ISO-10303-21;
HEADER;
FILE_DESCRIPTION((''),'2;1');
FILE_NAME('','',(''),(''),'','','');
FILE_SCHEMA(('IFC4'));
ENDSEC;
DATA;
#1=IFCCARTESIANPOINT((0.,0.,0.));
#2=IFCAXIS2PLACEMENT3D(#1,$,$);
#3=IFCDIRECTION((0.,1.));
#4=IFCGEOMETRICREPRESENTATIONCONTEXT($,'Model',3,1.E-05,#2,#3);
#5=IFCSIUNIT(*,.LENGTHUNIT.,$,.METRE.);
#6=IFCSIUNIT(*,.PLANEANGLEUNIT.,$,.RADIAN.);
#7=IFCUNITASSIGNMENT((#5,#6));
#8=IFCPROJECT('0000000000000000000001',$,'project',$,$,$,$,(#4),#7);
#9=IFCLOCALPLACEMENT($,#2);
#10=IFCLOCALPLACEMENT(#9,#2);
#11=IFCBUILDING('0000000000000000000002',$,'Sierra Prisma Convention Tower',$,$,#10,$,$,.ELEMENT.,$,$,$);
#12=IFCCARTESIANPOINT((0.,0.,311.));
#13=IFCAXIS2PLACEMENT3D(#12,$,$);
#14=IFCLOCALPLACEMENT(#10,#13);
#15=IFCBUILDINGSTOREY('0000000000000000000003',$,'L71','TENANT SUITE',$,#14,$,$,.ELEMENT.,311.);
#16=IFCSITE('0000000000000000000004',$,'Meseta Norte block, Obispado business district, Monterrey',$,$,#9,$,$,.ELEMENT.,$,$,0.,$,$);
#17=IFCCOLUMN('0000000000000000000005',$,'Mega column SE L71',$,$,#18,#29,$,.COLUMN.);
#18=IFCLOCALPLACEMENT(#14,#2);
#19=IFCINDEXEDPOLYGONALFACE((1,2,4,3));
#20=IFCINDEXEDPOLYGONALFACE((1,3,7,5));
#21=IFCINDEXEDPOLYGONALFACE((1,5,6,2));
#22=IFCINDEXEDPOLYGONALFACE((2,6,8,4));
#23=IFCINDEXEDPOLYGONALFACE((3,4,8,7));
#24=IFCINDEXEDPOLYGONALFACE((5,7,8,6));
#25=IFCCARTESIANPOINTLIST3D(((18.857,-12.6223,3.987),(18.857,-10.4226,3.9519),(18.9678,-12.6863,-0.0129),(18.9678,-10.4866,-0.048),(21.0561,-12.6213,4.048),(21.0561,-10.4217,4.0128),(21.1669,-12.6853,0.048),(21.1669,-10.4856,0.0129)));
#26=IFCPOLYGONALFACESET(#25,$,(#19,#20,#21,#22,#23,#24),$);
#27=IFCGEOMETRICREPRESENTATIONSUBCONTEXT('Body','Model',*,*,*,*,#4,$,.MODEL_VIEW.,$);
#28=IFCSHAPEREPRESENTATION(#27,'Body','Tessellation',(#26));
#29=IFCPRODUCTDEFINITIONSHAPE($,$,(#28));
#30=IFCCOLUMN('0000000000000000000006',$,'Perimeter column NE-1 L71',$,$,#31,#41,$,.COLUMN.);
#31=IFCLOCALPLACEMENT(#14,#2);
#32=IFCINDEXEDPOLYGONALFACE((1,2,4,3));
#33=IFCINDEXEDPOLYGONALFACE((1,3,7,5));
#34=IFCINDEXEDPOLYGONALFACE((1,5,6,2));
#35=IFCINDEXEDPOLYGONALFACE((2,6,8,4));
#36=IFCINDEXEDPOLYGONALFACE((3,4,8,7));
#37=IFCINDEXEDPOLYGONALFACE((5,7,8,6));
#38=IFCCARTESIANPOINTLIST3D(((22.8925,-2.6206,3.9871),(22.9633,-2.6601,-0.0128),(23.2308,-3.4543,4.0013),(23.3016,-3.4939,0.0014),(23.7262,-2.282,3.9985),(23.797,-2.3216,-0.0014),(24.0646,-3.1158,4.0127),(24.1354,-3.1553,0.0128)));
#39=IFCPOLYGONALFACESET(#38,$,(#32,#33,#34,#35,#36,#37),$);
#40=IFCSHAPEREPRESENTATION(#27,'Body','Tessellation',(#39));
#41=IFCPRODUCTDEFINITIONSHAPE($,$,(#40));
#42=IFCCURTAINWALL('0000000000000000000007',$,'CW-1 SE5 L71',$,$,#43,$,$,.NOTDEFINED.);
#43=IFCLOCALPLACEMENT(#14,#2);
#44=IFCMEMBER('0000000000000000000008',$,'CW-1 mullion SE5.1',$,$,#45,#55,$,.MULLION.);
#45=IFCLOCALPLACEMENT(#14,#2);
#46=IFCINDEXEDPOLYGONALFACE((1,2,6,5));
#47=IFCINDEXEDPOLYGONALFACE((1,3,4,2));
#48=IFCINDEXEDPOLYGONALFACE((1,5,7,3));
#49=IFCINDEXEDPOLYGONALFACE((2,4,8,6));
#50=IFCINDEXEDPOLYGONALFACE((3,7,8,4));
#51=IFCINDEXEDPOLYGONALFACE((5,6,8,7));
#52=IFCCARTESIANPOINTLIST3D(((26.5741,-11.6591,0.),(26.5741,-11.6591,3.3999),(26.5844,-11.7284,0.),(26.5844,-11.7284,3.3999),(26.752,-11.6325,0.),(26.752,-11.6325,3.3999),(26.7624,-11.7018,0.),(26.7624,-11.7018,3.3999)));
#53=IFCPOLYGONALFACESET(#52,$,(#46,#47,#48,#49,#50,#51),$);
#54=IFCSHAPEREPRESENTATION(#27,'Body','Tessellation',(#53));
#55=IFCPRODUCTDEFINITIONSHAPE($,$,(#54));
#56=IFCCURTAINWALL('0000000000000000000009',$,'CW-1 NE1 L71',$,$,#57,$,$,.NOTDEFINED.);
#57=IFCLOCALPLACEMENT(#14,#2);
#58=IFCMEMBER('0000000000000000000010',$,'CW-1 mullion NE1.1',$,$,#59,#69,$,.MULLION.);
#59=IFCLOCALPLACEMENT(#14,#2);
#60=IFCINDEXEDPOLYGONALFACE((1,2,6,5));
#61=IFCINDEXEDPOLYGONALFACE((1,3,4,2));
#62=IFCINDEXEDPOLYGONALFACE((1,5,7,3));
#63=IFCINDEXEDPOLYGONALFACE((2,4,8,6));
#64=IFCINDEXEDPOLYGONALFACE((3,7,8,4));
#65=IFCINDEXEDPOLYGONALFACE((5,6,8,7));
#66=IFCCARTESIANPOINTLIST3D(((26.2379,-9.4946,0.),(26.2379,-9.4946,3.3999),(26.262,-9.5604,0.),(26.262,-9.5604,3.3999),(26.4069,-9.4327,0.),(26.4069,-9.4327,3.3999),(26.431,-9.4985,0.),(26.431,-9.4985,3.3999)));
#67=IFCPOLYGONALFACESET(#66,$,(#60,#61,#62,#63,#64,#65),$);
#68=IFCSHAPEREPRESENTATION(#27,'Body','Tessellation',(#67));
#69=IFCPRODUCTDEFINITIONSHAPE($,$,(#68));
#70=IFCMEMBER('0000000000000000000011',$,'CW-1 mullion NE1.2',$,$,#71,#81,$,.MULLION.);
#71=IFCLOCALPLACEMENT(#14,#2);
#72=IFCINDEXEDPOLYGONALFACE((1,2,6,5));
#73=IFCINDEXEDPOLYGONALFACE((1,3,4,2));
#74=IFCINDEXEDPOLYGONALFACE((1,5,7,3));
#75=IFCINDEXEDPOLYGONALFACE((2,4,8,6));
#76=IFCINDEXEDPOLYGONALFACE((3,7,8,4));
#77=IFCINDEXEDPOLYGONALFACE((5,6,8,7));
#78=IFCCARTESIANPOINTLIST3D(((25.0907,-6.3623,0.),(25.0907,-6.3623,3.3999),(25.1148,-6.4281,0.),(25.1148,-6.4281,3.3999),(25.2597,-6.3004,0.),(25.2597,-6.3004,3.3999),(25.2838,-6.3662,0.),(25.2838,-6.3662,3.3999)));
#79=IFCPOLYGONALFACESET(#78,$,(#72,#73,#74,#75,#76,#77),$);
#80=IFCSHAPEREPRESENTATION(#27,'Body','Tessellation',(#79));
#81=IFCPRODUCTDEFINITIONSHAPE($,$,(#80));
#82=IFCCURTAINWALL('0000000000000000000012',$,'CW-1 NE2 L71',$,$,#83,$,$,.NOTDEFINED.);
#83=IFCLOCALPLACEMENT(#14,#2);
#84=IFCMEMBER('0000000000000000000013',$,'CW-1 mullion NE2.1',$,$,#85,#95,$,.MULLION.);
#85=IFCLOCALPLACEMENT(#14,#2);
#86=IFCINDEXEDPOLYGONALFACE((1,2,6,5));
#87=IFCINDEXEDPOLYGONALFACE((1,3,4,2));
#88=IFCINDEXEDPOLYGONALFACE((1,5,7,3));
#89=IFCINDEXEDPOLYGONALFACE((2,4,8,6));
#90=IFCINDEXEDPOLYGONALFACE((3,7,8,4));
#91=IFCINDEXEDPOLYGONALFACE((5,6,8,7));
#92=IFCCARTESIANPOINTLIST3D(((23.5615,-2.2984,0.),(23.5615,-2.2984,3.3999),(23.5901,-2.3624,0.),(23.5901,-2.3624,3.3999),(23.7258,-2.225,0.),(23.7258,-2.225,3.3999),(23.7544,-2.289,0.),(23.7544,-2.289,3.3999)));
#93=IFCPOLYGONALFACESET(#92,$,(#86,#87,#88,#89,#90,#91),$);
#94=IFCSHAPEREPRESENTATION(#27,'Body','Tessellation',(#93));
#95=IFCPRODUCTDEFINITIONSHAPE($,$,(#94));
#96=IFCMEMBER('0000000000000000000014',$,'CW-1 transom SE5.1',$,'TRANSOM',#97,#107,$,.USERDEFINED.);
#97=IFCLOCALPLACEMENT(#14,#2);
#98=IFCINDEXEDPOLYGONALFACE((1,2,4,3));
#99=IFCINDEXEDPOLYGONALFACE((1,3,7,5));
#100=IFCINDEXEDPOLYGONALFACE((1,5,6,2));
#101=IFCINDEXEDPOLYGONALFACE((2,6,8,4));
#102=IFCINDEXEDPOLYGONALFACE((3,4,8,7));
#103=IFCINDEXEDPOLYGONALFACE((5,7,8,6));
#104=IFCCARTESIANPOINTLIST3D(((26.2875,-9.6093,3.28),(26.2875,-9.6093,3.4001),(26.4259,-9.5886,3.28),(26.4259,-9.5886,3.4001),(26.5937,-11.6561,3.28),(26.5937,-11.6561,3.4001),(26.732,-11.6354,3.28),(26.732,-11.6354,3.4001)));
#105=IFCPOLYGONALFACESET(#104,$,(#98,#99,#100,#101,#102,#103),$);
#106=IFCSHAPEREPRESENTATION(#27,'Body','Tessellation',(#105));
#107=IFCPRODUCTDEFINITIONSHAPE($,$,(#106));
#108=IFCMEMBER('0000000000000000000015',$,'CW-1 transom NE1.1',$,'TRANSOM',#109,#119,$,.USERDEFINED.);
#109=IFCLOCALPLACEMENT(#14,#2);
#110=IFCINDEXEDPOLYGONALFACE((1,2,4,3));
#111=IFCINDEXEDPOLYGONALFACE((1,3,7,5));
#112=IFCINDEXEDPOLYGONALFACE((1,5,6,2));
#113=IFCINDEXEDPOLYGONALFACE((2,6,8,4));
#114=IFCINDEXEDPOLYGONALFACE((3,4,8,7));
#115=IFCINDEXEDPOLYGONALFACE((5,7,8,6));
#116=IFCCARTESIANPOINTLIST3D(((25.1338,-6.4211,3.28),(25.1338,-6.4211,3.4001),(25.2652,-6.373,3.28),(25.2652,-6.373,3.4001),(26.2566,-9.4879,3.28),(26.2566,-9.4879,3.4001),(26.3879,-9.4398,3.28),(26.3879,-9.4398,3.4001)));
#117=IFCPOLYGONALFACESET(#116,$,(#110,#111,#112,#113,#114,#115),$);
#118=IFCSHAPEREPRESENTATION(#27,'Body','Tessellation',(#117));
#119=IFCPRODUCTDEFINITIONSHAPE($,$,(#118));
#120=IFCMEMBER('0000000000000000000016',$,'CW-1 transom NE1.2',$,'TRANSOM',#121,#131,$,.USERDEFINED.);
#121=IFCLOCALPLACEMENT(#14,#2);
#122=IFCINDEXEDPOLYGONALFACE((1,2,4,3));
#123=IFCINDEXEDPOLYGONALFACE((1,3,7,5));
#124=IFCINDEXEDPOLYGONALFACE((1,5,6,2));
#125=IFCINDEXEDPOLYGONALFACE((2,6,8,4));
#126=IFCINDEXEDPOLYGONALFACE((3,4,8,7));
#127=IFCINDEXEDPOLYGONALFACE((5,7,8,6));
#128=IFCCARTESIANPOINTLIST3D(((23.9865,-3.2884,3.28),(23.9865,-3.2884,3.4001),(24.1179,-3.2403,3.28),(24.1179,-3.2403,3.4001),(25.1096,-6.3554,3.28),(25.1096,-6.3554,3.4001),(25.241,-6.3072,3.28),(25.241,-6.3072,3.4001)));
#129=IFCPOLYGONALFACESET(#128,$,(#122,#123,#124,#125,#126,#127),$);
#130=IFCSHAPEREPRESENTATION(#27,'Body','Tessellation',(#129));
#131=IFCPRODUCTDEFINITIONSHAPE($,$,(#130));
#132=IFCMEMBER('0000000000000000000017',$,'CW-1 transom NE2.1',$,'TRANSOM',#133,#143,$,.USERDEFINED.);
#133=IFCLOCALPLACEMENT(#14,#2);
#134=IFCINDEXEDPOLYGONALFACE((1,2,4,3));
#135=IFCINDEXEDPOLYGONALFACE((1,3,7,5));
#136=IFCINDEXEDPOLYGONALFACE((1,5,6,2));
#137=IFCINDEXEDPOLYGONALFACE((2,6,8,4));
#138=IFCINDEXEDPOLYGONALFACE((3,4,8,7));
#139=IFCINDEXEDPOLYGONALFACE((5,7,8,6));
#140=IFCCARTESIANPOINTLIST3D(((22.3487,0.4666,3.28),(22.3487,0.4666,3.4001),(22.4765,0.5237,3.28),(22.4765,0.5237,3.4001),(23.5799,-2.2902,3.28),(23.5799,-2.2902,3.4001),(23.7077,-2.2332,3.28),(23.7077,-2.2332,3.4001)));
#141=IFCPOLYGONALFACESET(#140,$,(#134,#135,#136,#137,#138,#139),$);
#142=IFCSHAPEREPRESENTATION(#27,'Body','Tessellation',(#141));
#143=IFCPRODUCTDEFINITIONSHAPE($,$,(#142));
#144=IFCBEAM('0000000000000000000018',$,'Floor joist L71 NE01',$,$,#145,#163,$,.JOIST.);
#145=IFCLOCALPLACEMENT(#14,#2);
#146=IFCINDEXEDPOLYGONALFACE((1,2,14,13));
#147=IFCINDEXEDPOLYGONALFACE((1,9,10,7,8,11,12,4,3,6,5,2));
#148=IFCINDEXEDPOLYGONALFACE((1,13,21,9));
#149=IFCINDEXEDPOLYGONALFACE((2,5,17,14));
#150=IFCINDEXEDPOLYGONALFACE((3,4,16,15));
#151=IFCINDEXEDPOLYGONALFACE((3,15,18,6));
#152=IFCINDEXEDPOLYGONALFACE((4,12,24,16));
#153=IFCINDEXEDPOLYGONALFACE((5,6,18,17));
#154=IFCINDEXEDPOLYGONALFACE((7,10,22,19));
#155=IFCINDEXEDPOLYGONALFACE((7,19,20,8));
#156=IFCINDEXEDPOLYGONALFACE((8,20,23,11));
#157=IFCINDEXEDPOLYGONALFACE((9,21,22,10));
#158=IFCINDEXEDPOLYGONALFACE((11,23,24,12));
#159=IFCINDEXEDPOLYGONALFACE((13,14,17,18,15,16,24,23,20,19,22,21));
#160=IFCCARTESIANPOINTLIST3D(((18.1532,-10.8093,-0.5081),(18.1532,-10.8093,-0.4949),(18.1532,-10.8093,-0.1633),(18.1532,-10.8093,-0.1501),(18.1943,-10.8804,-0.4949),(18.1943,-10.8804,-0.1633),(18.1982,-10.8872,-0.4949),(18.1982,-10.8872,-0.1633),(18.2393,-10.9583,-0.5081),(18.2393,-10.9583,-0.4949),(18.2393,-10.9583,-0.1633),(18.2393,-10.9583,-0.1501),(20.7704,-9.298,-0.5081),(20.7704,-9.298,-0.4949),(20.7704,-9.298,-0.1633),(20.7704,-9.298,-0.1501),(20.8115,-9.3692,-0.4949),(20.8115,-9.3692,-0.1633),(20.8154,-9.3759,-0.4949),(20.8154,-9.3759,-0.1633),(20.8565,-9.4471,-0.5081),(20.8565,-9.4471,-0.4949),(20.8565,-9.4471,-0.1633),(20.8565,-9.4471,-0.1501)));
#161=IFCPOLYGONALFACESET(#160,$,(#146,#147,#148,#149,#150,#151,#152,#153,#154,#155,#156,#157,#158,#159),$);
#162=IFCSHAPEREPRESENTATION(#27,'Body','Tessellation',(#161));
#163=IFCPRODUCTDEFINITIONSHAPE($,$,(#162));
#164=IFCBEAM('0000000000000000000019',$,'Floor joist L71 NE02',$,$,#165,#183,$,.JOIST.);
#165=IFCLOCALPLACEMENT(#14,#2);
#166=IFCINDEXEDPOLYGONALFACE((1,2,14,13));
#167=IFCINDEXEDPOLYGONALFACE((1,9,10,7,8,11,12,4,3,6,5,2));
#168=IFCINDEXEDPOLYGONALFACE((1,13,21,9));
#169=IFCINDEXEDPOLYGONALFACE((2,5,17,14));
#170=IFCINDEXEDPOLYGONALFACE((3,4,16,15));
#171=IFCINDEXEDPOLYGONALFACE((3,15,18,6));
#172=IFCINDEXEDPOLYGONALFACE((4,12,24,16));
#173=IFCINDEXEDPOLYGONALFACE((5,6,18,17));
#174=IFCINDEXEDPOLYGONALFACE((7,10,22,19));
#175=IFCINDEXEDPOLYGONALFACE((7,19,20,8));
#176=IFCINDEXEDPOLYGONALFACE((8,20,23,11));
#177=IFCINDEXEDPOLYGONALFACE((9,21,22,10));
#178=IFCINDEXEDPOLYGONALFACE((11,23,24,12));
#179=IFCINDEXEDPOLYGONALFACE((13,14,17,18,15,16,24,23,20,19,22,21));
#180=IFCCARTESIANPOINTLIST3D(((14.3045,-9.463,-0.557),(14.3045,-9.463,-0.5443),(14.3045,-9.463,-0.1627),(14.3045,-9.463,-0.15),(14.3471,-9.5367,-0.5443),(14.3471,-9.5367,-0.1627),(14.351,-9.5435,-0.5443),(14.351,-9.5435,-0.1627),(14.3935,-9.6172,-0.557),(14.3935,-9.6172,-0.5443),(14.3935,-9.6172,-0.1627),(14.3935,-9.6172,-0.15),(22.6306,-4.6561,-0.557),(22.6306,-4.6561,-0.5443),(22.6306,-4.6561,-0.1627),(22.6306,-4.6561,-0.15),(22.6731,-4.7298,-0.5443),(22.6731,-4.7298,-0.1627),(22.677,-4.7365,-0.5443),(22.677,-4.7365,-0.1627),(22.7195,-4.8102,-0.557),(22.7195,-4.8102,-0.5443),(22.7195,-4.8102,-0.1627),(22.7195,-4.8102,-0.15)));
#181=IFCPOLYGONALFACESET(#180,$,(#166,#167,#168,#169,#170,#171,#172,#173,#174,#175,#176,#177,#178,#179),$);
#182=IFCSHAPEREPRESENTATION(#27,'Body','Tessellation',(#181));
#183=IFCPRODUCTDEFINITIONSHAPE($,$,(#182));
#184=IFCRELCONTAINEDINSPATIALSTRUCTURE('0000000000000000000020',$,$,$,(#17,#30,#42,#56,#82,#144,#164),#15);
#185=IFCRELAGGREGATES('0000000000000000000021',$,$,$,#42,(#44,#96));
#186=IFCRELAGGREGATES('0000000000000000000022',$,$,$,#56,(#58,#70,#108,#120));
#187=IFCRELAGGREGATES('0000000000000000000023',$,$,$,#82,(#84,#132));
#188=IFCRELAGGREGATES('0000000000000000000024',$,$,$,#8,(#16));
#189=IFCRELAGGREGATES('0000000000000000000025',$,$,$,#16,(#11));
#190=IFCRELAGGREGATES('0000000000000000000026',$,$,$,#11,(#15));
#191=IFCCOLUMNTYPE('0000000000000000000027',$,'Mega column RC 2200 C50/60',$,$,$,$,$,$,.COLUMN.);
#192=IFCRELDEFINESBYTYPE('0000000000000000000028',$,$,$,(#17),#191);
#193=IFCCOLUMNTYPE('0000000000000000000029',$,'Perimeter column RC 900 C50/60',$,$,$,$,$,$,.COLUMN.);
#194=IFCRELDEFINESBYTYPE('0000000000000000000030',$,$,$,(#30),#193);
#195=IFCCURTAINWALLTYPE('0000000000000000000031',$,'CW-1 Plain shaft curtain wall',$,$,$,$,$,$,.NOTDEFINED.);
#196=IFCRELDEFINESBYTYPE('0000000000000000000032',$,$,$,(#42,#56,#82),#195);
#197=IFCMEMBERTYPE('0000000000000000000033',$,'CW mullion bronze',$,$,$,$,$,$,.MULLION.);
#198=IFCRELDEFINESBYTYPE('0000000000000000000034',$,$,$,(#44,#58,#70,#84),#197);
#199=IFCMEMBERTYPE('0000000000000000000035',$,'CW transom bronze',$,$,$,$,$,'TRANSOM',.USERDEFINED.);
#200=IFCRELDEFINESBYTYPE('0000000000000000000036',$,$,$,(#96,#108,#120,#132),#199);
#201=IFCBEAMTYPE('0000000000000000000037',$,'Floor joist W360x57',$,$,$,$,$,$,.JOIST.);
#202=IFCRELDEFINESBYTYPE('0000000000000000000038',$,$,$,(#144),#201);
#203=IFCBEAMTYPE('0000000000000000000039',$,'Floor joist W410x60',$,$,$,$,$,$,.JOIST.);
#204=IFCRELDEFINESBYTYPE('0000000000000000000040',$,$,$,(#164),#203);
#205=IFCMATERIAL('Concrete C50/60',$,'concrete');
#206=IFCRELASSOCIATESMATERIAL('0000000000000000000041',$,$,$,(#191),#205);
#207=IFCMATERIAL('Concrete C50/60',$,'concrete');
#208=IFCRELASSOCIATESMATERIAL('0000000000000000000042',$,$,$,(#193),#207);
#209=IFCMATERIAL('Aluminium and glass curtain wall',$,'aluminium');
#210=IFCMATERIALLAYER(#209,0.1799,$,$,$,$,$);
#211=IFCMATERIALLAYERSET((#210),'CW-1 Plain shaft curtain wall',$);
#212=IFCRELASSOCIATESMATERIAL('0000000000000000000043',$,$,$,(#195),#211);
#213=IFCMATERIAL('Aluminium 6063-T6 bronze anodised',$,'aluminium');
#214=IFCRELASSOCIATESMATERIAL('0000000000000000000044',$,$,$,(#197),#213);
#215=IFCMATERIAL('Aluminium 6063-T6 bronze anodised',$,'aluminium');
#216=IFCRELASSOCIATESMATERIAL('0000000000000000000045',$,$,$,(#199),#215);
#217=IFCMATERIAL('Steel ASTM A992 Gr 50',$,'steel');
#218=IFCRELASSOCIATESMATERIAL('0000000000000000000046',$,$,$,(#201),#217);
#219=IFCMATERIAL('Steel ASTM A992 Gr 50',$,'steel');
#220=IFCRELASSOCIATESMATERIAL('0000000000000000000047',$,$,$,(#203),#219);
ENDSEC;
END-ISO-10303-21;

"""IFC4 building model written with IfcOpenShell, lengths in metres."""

from ifc_helpers import new_model, si_unit, direction, frame, origin, origin_2d, place, context, subcontext, project, spatial, rectangle, i_section, extrude, material, layer, layer_set, material_profile, profile_set, type_object, element, aggregate, save


model = new_model("IFC4")

# Units and contexts
model_context = context("Model", 3, precision=1e-05, world=origin(), true_north=direction((0.0, 1.0)))
body_context = subcontext(model_context, "Body", "Model", "MODEL_VIEW")
ifc_project = project(units=[si_unit("LENGTHUNIT", "METRE"), si_unit("PLANEANGLEUNIT", "RADIAN")], contexts=[model_context])

# Site, building, storey
site_placement = place(None, origin())
site = spatial("IfcSite", under=ifc_project, at=site_placement, Name="Meseta Norte block, Obispado business district, Monterrey", CompositionType="ELEMENT", RefElevation=0.0)
building_placement = place(site_placement, origin())
building = spatial("IfcBuilding", under=site, at=building_placement, Name="Sierra Prisma Convention Tower", CompositionType="ELEMENT")
storey_placement = place(building_placement, frame((0.0, 0.0, 311.0)))
storey = spatial("IfcBuildingStorey", under=building, at=storey_placement, Name="L71", Description="TENANT SUITE", CompositionType="ELEMENT", Elevation=311.0)

# Columns
ifc_material_1 = material(Name="Concrete C50/60", Category="concrete")
ifc_material_profile_1 = material_profile(ifc_material_1, rectangle(XDim=2.2, YDim=2.2, at=origin_2d()), Name="Mega column RC 2200 C50/60")
ifc_profile_set_1 = profile_set([ifc_material_profile_1], Name="Concrete C50/60")
column_type_1 = type_object("IfcColumnType", Name="Mega column RC 2200 C50/60", PredefinedType="COLUMN", material=ifc_profile_set_1)
column_1_placement = place(storey_placement, frame((20.0674, -11.5859, 0.0), z_axis=(-0.027696, 0.015983, 0.999489), x_axis=(0.999616, 0.000443, 0.027692)))
element("IfcColumn", 1, at=column_1_placement, inside=storey, type_object=column_type_1, Name="Mega column SE L71", PredefinedType="COLUMN", context=body_context, shape_type="SweptSolid", body=[
    extrude(rectangle(XDim=2.2, YDim=2.2, at=origin_2d()), origin(), (0.0, 0.0, 1.0), 4.002),
])
ifc_material_2 = material(Name="Concrete C50/60", Category="concrete")
ifc_material_profile_2 = material_profile(ifc_material_2, rectangle(XDim=0.8999, YDim=0.8999, at=origin_2d()), Name="Perimeter column RC 900 C50/60")
ifc_profile_set_2 = profile_set([ifc_material_profile_2], Name="Concrete C50/60")
column_type_2 = type_object("IfcColumnType", Name="Perimeter column RC 900 C50/60", PredefinedType="COLUMN", material=ifc_profile_set_2)
column_2_placement = place(storey_placement, frame((23.5493, -2.9077, 0.0), z_axis=(-0.017697, 0.009886, 0.999795), x_axis=(-0.375989, 0.926489, -0.015816)))
element("IfcColumn", 2, at=column_2_placement, inside=storey, type_object=column_type_2, Name="Perimeter column NE-1 L71", PredefinedType="COLUMN", context=body_context, shape_type="SweptSolid", body=[
    extrude(rectangle(XDim=0.8999, YDim=0.8999, at=origin_2d()), origin(), (0.0, 0.0, 1.0), 4.0007),
])

# Curtain wall, member
ifc_material_3 = material(Name="Aluminium and glass curtain wall", Category="aluminium")
ifc_layer_1 = layer(ifc_material_3, 0.1799)
ifc_layer_set_1 = layer_set([ifc_layer_1], Name="CW-1 Plain shaft curtain wall")
curtain_wall_type = type_object("IfcCurtainWallType", Name="CW-1 Plain shaft curtain wall", PredefinedType="NOTDEFINED", material=ifc_layer_set_1)
curtain_wall_1_placement = place(storey_placement, origin())
curtain_wall_1 = element("IfcCurtainWall", 3, at=curtain_wall_1_placement, inside=storey, type_object=curtain_wall_type, Name="CW-1 SE5 L71", PredefinedType="NOTDEFINED")
ifc_material_4 = material(Name="Aluminium 6063-T6 bronze anodised", Category="aluminium")
ifc_material_profile_3 = material_profile(ifc_material_4, rectangle(XDim=0.1799, YDim=0.0701, at=origin_2d()), Name="ALU MULLION 70x180")
ifc_profile_set_3 = profile_set([ifc_material_profile_3], Name="Aluminium 6063-T6 bronze anodised")
member_type_1 = type_object("IfcMemberType", Name="CW mullion bronze", PredefinedType="MULLION", material=ifc_profile_set_3)
member_1_placement = place(storey_placement, frame((26.6682, -11.6804, 0.0), z_axis=(0.0, 0.0, 1.0), x_axis=(-0.988998, -0.147929, 0.0)))
member_1 = element("IfcMember", 4, at=member_1_placement, type_object=member_type_1, Name="CW-1 mullion SE5.1", PredefinedType="MULLION", context=body_context, shape_type="SweptSolid", body=[
    extrude(rectangle(XDim=0.1799, YDim=0.0701, at=origin_2d()), origin(), (0.0, 0.0, 1.0), 3.3999),
])

# Curtain wall, members
curtain_wall_2_placement = place(storey_placement, origin())
curtain_wall_2 = element("IfcCurtainWall", 5, at=curtain_wall_2_placement, inside=storey, type_object=curtain_wall_type, Name="CW-1 NE1 L71", PredefinedType="NOTDEFINED")
member_2_placement = place(storey_placement, frame((26.3345, -9.4966, 0.0), z_axis=(0.0, 0.0, 1.0), x_axis=(-0.939026, -0.343847, 0.0)))
member_2 = element("IfcMember", 6, at=member_2_placement, type_object=member_type_1, Name="CW-1 mullion NE1.1", PredefinedType="MULLION", context=body_context, shape_type="SweptSolid", body=[
    extrude(rectangle(XDim=0.1799, YDim=0.0701, at=origin_2d()), origin(), (0.0, 0.0, 1.0), 3.3999),
])
member_3_placement = place(storey_placement, frame((25.1873, -6.3643, 0.0), z_axis=(0.0, 0.0, 1.0), x_axis=(-0.939026, -0.343847, 0.0)))
member_3 = element("IfcMember", 7, at=member_3_placement, type_object=member_type_1, Name="CW-1 mullion NE1.2", PredefinedType="MULLION", context=body_context, shape_type="SweptSolid", body=[
    extrude(rectangle(XDim=0.1799, YDim=0.0701, at=origin_2d()), origin(), (0.0, 0.0, 1.0), 3.3999),
])

# Curtain wall, member
curtain_wall_3_placement = place(storey_placement, origin())
curtain_wall_3 = element("IfcCurtainWall", 8, at=curtain_wall_3_placement, inside=storey, type_object=curtain_wall_type, Name="CW-1 NE2 L71", PredefinedType="NOTDEFINED")
member_4_placement = place(storey_placement, frame((23.658, -2.2937, 0.0), z_axis=(0.0, 0.0, 1.0), x_axis=(-0.91307, -0.407802, 0.0)))
member_4 = element("IfcMember", 9, at=member_4_placement, type_object=member_type_1, Name="CW-1 mullion NE2.1", PredefinedType="MULLION", context=body_context, shape_type="SweptSolid", body=[
    extrude(rectangle(XDim=0.1799, YDim=0.0701, at=origin_2d()), origin(), (0.0, 0.0, 1.0), 3.3999),
])

# Members
ifc_material_5 = material(Name="Aluminium 6063-T6 bronze anodised", Category="aluminium")
ifc_material_profile_4 = material_profile(ifc_material_5, rectangle(XDim=0.1399, YDim=0.1201, at=origin_2d()), Name="ALU TRANSOM 120x140")
ifc_profile_set_4 = profile_set([ifc_material_profile_4], Name="Aluminium 6063-T6 bronze anodised")
member_type_2 = type_object("IfcMemberType", Name="CW transom bronze", ElementType="TRANSOM", PredefinedType="USERDEFINED", material=ifc_profile_set_4)
member_5_placement = place(storey_placement, frame((26.6628, -11.6458, 3.3401), z_axis=(-0.147925, 0.988999, 0.0), x_axis=(-0.988999, -0.147925, 0.0)))
member_5 = element("IfcMember", 10, at=member_5_placement, type_object=member_type_2, Name="CW-1 transom SE5.1", ObjectType="TRANSOM", PredefinedType="USERDEFINED", context=body_context, shape_type="SweptSolid", body=[
    extrude(rectangle(XDim=0.1399, YDim=0.1201, at=origin_2d()), origin(), (0.0, 0.0, 1.0), 2.0696),
])
member_6_placement = place(storey_placement, frame((26.3223, -9.4639, 3.3401), z_axis=(-0.343789, 0.939047, 0.0), x_axis=(-0.939047, -0.343789, 0.0)))
member_6 = element("IfcMember", 11, at=member_6_placement, type_object=member_type_2, Name="CW-1 transom NE1.1", ObjectType="TRANSOM", PredefinedType="USERDEFINED", context=body_context, shape_type="SweptSolid", body=[
    extrude(rectangle(XDim=0.1399, YDim=0.1201, at=origin_2d()), origin(), (0.0, 0.0, 1.0), 3.2659),
])
member_7_placement = place(storey_placement, frame((25.1753, -6.3313, 3.3401), z_axis=(-0.343855, 0.939023, 0.0), x_axis=(-0.939023, -0.343855, 0.0)))
member_7 = element("IfcMember", 12, at=member_7_placement, type_object=member_type_2, Name="CW-1 transom NE1.2", ObjectType="TRANSOM", PredefinedType="USERDEFINED", context=body_context, shape_type="SweptSolid", body=[
    extrude(rectangle(XDim=0.1399, YDim=0.1201, at=origin_2d()), origin(), (0.0, 0.0, 1.0), 3.2661),
])
member_8_placement = place(storey_placement, frame((23.6438, -2.2617, 3.3401), z_axis=(-0.407781, 0.91308, 0.0), x_axis=(-0.91308, -0.407781, 0.0)))
member_8 = element("IfcMember", 13, at=member_8_placement, type_object=member_type_2, Name="CW-1 transom NE2.1", ObjectType="TRANSOM", PredefinedType="USERDEFINED", context=body_context, shape_type="SweptSolid", body=[
    extrude(rectangle(XDim=0.1399, YDim=0.1201, at=origin_2d()), origin(), (0.0, 0.0, 1.0), 3.0193),
])

# Beams
ifc_material_6 = material(Name="Steel ASTM A992 Gr 50", Category="steel")
ifc_material_profile_5 = material_profile(ifc_material_6, i_section(OverallWidth=0.1721, OverallDepth=0.3579, WebThickness=0.0078, FlangeThickness=0.0132, at=origin_2d()), Name="W360x57")
ifc_profile_set_5 = profile_set([ifc_material_profile_5], Name="Steel ASTM A992 Gr 50")
beam_type_1 = type_object("IfcBeamType", Name="Floor joist W360x57", PredefinedType="JOIST", material=ifc_profile_set_5)
beam_1_placement = place(storey_placement, frame((20.8135, -9.3726, -0.3291), z_axis=(-0.865997, -0.500049, 0.0), x_axis=(0.500049, -0.865997, 0.0)))
element("IfcBeam", 14, at=beam_1_placement, inside=storey, type_object=beam_type_1, Name="Floor joist L71 NE01", PredefinedType="JOIST", context=body_context, shape_type="SweptSolid", body=[
    extrude(i_section(OverallWidth=0.1721, OverallDepth=0.3579, WebThickness=0.0078, FlangeThickness=0.0132, at=origin_2d()), origin(), (0.0, 0.0, 1.0), 3.0222),
])
ifc_material_7 = material(Name="Steel ASTM A992 Gr 50", Category="steel")
ifc_material_profile_6 = material_profile(ifc_material_7, i_section(OverallWidth=0.178, OverallDepth=0.407, WebThickness=0.0078, FlangeThickness=0.0127, at=origin_2d()), Name="W410x60")
ifc_profile_set_6 = profile_set([ifc_material_profile_6], Name="Steel ASTM A992 Gr 50")
beam_type_2 = type_object("IfcBeamType", Name="Floor joist W410x60", PredefinedType="JOIST", material=ifc_profile_set_6)
beam_2_placement = place(storey_placement, frame((22.675, -4.7332, -0.3535), z_axis=(-0.86603, -0.499993, 0.0), x_axis=(0.499993, -0.86603, 0.0)))
element("IfcBeam", 15, at=beam_2_placement, inside=storey, type_object=beam_type_2, Name="Floor joist L71 NE02", PredefinedType="JOIST", context=body_context, shape_type="SweptSolid", body=[
    extrude(i_section(OverallWidth=0.178, OverallDepth=0.407, WebThickness=0.0078, FlangeThickness=0.0127, at=origin_2d()), origin(), (0.0, 0.0, 1.0), 9.614),
])

aggregate(curtain_wall_1, [member_1, member_5])
aggregate(curtain_wall_2, [member_2, member_3, member_6, member_7])
aggregate(curtain_wall_3, [member_4, member_8])

save(model, "model.ifc")
